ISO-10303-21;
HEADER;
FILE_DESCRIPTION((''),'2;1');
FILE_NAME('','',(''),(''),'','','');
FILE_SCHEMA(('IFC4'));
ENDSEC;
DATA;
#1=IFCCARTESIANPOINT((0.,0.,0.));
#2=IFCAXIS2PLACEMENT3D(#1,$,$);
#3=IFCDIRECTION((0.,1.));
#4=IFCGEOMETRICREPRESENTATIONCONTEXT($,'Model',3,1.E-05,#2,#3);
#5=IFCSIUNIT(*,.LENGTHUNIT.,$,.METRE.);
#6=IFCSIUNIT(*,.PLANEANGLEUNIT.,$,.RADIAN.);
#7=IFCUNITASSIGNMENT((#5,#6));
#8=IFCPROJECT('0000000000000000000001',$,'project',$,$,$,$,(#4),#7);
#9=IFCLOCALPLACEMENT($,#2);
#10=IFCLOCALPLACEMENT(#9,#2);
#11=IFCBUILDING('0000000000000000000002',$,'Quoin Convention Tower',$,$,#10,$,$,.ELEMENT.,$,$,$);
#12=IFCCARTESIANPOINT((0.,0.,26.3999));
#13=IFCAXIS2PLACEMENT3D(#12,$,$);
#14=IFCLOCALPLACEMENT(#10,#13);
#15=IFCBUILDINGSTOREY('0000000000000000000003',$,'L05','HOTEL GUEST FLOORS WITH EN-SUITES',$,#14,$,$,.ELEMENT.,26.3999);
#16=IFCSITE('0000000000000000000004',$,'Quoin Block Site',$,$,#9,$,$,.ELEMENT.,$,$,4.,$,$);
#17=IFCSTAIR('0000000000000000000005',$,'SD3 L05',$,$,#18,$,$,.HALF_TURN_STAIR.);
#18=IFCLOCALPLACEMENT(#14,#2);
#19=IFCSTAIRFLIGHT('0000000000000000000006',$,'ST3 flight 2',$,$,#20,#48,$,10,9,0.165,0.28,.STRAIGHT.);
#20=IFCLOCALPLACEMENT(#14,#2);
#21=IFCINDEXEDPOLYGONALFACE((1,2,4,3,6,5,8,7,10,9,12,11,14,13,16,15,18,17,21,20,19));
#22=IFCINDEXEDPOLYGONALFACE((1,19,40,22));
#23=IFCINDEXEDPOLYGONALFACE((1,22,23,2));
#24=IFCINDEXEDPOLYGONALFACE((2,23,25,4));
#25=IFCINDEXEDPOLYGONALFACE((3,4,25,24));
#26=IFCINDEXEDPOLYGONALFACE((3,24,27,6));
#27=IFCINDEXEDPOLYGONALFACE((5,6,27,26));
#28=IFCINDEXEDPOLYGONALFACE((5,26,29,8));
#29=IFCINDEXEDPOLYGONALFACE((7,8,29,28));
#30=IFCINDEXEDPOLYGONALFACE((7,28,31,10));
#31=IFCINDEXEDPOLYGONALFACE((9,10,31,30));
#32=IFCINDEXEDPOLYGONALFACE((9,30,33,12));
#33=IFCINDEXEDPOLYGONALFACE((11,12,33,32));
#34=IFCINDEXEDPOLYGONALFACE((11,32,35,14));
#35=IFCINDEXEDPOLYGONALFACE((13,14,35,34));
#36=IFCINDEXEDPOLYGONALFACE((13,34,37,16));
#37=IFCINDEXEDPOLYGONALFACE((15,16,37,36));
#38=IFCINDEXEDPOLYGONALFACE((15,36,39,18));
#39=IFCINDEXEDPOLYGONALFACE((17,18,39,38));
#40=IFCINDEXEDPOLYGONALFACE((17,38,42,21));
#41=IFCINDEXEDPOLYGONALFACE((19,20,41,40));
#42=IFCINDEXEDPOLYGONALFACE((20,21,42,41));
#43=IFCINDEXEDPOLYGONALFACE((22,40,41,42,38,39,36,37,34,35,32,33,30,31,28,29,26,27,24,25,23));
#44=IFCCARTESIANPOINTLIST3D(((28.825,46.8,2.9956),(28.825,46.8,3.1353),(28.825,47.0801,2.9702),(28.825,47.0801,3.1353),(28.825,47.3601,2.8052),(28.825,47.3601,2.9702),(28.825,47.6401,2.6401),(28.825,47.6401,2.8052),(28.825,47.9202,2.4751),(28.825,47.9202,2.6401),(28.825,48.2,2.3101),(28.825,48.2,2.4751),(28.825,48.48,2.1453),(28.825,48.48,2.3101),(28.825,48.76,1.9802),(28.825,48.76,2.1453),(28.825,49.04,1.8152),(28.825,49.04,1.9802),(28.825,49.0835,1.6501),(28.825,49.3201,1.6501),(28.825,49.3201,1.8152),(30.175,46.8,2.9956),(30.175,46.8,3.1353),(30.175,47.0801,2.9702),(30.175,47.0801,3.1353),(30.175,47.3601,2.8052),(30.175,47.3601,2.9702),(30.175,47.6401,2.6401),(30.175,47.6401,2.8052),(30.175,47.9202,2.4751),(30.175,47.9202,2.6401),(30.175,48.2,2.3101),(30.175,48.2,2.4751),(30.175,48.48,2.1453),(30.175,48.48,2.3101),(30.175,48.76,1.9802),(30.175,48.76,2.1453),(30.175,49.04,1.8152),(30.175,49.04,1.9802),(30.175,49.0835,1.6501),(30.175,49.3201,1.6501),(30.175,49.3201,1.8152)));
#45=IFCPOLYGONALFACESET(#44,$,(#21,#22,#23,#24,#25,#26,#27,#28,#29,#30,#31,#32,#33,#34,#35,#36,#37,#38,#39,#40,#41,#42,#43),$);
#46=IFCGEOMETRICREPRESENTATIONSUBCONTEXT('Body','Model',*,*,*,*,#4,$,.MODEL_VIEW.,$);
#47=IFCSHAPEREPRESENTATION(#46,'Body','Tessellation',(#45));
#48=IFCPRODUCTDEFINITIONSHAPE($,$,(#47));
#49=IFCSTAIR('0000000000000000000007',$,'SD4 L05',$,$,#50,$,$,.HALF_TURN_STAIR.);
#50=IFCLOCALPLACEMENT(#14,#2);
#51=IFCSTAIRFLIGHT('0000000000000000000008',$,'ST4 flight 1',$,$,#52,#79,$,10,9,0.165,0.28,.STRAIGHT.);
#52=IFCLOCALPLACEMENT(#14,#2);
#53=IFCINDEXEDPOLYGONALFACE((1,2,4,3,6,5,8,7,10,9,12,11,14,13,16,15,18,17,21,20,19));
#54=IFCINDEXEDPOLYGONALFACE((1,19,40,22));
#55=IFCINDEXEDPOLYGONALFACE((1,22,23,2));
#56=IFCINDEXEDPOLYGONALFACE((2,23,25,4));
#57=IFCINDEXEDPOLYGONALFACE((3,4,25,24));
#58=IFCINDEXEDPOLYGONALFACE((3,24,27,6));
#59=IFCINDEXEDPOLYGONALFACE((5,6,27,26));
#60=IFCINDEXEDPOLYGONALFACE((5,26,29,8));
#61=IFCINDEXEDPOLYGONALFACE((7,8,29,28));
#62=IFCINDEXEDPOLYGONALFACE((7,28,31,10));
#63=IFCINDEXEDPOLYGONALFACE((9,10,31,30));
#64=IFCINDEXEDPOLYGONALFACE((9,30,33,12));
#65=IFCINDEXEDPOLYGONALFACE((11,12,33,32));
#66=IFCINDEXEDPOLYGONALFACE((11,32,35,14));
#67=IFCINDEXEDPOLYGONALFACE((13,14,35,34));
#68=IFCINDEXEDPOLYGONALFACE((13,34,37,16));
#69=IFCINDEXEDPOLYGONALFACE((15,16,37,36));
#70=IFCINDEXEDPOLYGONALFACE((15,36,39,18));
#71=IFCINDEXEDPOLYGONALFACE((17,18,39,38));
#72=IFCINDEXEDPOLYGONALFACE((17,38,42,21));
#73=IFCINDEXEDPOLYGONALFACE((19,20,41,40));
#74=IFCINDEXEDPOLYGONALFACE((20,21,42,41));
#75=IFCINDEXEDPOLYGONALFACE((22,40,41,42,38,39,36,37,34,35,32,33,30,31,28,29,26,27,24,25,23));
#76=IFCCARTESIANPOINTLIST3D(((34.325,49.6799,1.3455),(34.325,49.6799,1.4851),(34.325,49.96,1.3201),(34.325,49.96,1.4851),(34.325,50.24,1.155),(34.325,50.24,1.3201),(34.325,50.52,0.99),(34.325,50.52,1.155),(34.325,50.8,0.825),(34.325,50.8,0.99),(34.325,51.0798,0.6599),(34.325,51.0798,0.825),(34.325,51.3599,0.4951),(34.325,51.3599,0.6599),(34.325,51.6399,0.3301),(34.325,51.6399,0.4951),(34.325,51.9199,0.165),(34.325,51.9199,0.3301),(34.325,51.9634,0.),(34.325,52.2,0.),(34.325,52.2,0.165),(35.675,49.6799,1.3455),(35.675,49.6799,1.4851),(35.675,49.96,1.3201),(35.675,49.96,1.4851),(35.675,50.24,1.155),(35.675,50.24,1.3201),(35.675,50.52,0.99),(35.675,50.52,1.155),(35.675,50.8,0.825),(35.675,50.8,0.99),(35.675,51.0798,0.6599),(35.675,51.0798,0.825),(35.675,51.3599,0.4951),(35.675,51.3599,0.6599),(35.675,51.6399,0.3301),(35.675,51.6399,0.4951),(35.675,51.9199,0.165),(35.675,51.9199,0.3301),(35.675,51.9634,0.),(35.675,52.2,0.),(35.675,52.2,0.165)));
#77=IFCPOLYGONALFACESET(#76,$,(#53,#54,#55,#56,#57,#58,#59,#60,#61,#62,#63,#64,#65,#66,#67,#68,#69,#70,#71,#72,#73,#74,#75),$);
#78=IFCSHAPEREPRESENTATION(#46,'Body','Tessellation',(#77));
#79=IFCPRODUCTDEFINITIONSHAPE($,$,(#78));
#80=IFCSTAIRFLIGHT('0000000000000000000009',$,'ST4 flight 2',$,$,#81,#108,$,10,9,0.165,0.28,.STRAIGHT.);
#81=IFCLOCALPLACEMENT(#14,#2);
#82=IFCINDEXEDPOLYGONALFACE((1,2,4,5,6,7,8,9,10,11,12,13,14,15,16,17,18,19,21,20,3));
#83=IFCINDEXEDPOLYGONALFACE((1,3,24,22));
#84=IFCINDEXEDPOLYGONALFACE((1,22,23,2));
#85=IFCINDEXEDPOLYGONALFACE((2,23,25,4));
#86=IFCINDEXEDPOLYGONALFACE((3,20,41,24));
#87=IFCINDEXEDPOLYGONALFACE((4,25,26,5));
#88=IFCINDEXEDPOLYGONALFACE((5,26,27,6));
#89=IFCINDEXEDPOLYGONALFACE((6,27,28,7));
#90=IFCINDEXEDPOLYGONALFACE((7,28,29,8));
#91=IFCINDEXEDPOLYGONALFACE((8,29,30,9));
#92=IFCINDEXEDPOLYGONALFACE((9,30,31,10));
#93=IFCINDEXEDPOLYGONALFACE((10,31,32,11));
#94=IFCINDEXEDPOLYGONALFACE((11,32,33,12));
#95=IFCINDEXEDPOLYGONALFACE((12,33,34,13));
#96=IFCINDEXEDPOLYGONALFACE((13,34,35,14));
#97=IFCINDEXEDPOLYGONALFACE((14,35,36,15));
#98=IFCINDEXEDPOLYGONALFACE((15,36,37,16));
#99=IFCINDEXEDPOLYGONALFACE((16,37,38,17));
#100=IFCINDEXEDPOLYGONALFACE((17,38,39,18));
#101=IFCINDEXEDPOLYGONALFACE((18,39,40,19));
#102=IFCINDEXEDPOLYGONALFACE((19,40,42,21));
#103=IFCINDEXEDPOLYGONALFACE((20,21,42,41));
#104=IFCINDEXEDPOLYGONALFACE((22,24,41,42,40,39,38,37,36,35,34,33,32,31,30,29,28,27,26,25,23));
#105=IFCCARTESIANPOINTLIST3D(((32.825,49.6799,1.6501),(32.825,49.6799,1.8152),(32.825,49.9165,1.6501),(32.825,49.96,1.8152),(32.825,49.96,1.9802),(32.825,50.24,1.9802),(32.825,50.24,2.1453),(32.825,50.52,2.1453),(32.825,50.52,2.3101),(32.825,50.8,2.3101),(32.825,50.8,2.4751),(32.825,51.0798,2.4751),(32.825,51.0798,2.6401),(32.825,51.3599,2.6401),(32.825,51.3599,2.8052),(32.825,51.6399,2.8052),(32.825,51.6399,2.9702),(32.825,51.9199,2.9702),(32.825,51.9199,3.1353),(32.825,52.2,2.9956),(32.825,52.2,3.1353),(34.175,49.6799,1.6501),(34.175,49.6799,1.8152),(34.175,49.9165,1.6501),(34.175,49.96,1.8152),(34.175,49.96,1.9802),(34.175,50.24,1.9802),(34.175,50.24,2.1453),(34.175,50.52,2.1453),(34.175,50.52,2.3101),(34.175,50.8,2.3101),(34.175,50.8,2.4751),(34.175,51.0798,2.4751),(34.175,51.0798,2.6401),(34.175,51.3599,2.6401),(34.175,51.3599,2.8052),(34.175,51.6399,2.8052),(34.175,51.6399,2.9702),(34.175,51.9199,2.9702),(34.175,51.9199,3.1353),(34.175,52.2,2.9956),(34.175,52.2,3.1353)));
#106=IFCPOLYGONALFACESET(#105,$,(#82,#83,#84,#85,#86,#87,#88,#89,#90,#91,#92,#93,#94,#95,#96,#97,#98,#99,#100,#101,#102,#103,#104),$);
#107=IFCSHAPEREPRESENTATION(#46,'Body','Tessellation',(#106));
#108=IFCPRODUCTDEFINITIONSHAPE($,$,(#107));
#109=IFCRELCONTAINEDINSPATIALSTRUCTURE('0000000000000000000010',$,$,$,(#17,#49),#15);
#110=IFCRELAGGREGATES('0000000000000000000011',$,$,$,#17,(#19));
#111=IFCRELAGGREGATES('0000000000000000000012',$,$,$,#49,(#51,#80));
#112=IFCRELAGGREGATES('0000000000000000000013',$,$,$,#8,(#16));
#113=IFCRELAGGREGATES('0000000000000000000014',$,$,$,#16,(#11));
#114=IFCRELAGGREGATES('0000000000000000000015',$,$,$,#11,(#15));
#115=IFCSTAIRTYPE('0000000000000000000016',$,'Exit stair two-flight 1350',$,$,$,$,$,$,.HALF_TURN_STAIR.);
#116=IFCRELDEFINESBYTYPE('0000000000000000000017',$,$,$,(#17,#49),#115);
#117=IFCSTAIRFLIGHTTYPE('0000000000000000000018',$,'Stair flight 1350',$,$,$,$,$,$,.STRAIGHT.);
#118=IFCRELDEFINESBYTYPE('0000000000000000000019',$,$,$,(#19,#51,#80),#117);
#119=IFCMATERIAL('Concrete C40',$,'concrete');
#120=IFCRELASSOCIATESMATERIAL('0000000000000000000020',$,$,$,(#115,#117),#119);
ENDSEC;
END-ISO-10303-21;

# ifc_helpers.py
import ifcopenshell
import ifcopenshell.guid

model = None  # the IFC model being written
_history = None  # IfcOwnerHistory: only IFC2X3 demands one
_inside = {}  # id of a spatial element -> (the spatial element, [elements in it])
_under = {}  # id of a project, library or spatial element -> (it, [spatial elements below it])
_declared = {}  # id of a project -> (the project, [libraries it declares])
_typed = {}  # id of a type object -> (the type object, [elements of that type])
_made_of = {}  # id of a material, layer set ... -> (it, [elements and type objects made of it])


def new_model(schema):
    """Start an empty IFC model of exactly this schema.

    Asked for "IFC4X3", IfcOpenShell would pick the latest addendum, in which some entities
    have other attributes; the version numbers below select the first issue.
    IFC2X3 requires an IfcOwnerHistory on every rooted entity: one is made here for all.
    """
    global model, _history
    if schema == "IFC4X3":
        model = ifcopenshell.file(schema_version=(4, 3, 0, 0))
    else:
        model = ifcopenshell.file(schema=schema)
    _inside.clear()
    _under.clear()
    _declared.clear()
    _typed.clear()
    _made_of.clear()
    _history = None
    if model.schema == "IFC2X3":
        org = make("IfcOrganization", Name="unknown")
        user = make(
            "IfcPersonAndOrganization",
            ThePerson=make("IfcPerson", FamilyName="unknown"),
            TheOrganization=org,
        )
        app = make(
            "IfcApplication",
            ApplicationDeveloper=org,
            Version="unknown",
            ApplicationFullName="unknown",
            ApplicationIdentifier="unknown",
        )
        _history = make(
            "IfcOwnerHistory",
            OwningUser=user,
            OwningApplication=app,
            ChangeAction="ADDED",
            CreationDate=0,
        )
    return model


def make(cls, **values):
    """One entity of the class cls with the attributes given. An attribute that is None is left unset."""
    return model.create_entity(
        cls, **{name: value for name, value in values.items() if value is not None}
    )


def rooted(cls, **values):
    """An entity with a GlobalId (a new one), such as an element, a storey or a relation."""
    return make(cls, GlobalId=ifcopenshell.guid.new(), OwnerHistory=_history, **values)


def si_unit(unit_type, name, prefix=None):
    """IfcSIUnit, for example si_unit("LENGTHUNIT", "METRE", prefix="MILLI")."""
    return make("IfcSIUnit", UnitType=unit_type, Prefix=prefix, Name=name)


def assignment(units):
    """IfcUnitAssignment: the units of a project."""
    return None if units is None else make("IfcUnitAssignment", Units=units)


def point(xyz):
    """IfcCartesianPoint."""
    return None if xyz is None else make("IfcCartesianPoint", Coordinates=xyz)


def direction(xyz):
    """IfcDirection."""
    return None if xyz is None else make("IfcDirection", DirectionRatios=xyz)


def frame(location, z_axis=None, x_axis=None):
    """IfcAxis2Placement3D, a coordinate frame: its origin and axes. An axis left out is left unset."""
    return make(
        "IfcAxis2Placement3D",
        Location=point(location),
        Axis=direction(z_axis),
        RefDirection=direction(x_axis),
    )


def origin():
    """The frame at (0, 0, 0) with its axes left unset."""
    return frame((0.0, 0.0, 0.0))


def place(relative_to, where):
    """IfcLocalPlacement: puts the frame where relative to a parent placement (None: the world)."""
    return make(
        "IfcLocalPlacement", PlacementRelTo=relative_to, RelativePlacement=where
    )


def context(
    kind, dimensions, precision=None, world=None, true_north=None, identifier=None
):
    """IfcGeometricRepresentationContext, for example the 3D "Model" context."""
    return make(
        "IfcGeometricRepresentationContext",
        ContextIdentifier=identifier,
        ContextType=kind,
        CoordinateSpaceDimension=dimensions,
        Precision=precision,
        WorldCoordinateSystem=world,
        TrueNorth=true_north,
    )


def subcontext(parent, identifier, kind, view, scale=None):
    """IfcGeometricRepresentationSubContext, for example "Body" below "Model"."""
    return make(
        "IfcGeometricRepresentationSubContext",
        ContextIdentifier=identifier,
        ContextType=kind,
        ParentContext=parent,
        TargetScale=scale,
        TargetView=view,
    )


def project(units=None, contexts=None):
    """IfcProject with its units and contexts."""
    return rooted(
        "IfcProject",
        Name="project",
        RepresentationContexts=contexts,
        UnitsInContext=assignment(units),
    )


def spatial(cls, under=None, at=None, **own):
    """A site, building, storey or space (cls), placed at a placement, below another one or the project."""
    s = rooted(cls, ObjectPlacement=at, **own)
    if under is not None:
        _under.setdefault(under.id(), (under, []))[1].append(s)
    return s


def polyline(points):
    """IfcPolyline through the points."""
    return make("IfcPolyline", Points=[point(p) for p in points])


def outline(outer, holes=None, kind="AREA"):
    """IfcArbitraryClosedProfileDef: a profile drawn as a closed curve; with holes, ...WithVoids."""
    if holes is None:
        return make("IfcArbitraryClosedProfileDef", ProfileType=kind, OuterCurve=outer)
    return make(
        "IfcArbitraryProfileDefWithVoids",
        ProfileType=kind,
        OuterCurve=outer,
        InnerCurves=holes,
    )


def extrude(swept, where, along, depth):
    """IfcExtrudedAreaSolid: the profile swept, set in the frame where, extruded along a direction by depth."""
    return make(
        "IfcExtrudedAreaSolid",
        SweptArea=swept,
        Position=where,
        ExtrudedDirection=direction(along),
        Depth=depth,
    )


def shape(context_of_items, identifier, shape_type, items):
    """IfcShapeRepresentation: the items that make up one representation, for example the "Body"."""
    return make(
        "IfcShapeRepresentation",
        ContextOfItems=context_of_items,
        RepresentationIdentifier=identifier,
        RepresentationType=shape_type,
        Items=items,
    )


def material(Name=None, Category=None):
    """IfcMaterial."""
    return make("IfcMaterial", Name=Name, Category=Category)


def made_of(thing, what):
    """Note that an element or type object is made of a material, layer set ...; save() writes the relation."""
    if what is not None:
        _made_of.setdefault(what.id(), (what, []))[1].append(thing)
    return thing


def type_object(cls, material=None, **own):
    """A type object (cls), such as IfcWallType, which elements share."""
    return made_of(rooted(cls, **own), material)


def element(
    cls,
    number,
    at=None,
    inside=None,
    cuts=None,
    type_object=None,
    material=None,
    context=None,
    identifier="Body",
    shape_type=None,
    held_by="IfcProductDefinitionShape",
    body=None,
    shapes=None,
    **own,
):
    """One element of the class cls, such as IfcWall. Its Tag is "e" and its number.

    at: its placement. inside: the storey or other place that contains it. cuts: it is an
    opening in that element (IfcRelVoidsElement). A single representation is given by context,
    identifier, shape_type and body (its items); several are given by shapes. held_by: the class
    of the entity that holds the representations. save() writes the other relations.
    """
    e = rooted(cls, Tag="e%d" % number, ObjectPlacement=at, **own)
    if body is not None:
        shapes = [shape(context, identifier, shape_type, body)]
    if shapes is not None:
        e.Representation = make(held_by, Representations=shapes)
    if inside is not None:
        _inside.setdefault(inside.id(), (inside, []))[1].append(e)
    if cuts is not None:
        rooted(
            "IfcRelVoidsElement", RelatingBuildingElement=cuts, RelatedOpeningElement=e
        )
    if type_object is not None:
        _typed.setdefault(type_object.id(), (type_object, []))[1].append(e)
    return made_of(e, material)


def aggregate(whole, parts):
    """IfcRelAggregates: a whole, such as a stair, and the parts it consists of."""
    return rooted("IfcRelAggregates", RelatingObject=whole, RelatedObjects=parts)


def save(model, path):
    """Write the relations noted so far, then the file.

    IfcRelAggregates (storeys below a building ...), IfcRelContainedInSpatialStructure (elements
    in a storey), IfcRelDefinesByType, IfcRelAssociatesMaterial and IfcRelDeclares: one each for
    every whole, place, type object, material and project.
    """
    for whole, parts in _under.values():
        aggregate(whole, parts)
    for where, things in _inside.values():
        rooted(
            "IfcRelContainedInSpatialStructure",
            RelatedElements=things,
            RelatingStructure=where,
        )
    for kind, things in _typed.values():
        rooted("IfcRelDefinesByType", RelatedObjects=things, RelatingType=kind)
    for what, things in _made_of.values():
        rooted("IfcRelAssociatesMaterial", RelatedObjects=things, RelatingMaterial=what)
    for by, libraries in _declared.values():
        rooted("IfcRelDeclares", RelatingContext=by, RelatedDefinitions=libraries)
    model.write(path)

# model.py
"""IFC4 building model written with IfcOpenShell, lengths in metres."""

from ifc_helpers import new_model, si_unit, direction, frame, origin, place, context, subcontext, project, spatial, polyline, outline, extrude, material, type_object, element, aggregate, save


model = new_model("IFC4")

# Units and contexts
model_context = context("Model", 3, precision=1e-05, world=origin(), true_north=direction((0.0, 1.0)))
body_context = subcontext(model_context, "Body", "Model", "MODEL_VIEW")
ifc_project = project(units=[si_unit("LENGTHUNIT", "METRE"), si_unit("PLANEANGLEUNIT", "RADIAN")], contexts=[model_context])

# Site, building, storey
site_placement = place(None, origin())
site = spatial("IfcSite", under=ifc_project, at=site_placement, Name="Quoin Block Site", CompositionType="ELEMENT", RefElevation=4.0)
building_placement = place(site_placement, origin())
building = spatial("IfcBuilding", under=site, at=building_placement, Name="Quoin Convention Tower", CompositionType="ELEMENT")
storey_placement = place(building_placement, frame((0.0, 0.0, 26.3999)))
storey = spatial("IfcBuildingStorey", under=building, at=storey_placement, Name="L05", Description="HOTEL GUEST FLOORS WITH EN-SUITES", CompositionType="ELEMENT", Elevation=26.3999)

# Stairs, stair flights
ifc_material_1 = material(Name="Concrete C40", Category="concrete")
stair_type = type_object("IfcStairType", Name="Exit stair two-flight 1350", PredefinedType="HALF_TURN_STAIR", material=ifc_material_1)
stair_1_placement = place(storey_placement, origin())
stair_1 = element("IfcStair", 1, at=stair_1_placement, inside=storey, type_object=stair_type, Name="SD3 L05", PredefinedType="HALF_TURN_STAIR")
stair_flight_type = type_object("IfcStairFlightType", Name="Stair flight 1350", PredefinedType="STRAIGHT", material=ifc_material_1)
stair_flight_1_placement = place(storey_placement, frame((29.5, 49.3201, 1.6501), z_axis=(0.0, 0.0, 1.0), x_axis=(0.0, -1.0, 0.0)))
stair_flight_1 = element("IfcStairFlight", 2, at=stair_flight_1_placement, type_object=stair_flight_type, Name="ST3 flight 2", NumberOfRisers=10, NumberOfTreads=9, PredefinedType="STRAIGHT", RiserHeight=0.165, TreadLength=0.28, context=body_context, shape_type="SweptSolid", body=[
    extrude(outline(polyline([(0.0, 0.0), (0.0, 0.165), (0.28, 0.165), (0.28, 0.3301), (0.5601, 0.3301), (0.5601, 0.4951), (0.8401, 0.4951), (0.8401, 0.6599), (1.1201, 0.6599), (1.1201, 0.825), (1.3999, 0.825), (1.3999, 0.99), (1.6799, 0.99), (1.6799, 1.155), (1.96, 1.155), (1.96, 1.3201), (2.24, 1.3201), (2.24, 1.4851), (2.52, 1.4851), (2.52, 1.6499), (2.52, 1.3455), (0.2366, 0.0), (0.0, 0.0)])), frame((0.0, 0.675, 0.0), z_axis=(0.0, -1.0, 0.0), x_axis=(1.0, 0.0, 0.0)), (0.0, 0.0, 1.0), 1.3501),
])
aggregate(stair_1, [stair_flight_1])
stair_2_placement = place(storey_placement, origin())
stair_2 = element("IfcStair", 3, at=stair_2_placement, inside=storey, type_object=stair_type, Name="SD4 L05", PredefinedType="HALF_TURN_STAIR")
stair_flight_2_placement = place(storey_placement, frame((35.0, 52.2, 0.0), z_axis=(0.0, 0.0, 1.0), x_axis=(0.0, -1.0, 0.0)))
stair_flight_2 = element("IfcStairFlight", 4, at=stair_flight_2_placement, type_object=stair_flight_type, Name="ST4 flight 1", NumberOfRisers=10, NumberOfTreads=9, PredefinedType="STRAIGHT", RiserHeight=0.165, TreadLength=0.28, context=body_context, shape_type="SweptSolid", body=[
    extrude(outline(polyline([(0.0, 0.0), (0.0, 0.165), (0.28, 0.165), (0.28, 0.3301), (0.5601, 0.3301), (0.5601, 0.4951), (0.8401, 0.4951), (0.8401, 0.6599), (1.1201, 0.6599), (1.1201, 0.825), (1.3999, 0.825), (1.3999, 0.99), (1.6799, 0.99), (1.6799, 1.155), (1.96, 1.155), (1.96, 1.3201), (2.24, 1.3201), (2.24, 1.4851), (2.52, 1.4851), (2.52, 1.6499), (2.52, 1.3455), (0.2366, 0.0), (0.0, 0.0)])), frame((0.0, 0.675, 0.0), z_axis=(0.0, -1.0, 0.0), x_axis=(1.0, 0.0, 0.0)), (0.0, 0.0, 1.0), 1.3501),
])
stair_flight_3_placement = place(storey_placement, frame((33.5, 49.6799, 1.6501), z_axis=(0.0, 0.0, 1.0), x_axis=(0.0, 1.0, 0.0)))
stair_flight_3 = element("IfcStairFlight", 5, at=stair_flight_3_placement, type_object=stair_flight_type, Name="ST4 flight 2", NumberOfRisers=10, NumberOfTreads=9, PredefinedType="STRAIGHT", RiserHeight=0.165, TreadLength=0.28, context=body_context, shape_type="SweptSolid", body=[
    extrude(outline(polyline([(0.0, 0.0), (0.0, 0.165), (0.28, 0.165), (0.28, 0.3301), (0.5601, 0.3301), (0.5601, 0.4951), (0.8401, 0.4951), (0.8401, 0.6599), (1.1201, 0.6599), (1.1201, 0.825), (1.3999, 0.825), (1.3999, 0.99), (1.6799, 0.99), (1.6799, 1.155), (1.96, 1.155), (1.96, 1.3201), (2.24, 1.3201), (2.24, 1.4851), (2.52, 1.4851), (2.52, 1.6499), (2.52, 1.3455), (0.2366, 0.0), (0.0, 0.0)])), frame((0.0, 0.675, 0.0), z_axis=(0.0, -1.0, 0.0), x_axis=(1.0, 0.0, 0.0)), (0.0, 0.0, 1.0), 1.3501),
])
aggregate(stair_2, [stair_flight_2, stair_flight_3])

save(model, "model.ifc")
